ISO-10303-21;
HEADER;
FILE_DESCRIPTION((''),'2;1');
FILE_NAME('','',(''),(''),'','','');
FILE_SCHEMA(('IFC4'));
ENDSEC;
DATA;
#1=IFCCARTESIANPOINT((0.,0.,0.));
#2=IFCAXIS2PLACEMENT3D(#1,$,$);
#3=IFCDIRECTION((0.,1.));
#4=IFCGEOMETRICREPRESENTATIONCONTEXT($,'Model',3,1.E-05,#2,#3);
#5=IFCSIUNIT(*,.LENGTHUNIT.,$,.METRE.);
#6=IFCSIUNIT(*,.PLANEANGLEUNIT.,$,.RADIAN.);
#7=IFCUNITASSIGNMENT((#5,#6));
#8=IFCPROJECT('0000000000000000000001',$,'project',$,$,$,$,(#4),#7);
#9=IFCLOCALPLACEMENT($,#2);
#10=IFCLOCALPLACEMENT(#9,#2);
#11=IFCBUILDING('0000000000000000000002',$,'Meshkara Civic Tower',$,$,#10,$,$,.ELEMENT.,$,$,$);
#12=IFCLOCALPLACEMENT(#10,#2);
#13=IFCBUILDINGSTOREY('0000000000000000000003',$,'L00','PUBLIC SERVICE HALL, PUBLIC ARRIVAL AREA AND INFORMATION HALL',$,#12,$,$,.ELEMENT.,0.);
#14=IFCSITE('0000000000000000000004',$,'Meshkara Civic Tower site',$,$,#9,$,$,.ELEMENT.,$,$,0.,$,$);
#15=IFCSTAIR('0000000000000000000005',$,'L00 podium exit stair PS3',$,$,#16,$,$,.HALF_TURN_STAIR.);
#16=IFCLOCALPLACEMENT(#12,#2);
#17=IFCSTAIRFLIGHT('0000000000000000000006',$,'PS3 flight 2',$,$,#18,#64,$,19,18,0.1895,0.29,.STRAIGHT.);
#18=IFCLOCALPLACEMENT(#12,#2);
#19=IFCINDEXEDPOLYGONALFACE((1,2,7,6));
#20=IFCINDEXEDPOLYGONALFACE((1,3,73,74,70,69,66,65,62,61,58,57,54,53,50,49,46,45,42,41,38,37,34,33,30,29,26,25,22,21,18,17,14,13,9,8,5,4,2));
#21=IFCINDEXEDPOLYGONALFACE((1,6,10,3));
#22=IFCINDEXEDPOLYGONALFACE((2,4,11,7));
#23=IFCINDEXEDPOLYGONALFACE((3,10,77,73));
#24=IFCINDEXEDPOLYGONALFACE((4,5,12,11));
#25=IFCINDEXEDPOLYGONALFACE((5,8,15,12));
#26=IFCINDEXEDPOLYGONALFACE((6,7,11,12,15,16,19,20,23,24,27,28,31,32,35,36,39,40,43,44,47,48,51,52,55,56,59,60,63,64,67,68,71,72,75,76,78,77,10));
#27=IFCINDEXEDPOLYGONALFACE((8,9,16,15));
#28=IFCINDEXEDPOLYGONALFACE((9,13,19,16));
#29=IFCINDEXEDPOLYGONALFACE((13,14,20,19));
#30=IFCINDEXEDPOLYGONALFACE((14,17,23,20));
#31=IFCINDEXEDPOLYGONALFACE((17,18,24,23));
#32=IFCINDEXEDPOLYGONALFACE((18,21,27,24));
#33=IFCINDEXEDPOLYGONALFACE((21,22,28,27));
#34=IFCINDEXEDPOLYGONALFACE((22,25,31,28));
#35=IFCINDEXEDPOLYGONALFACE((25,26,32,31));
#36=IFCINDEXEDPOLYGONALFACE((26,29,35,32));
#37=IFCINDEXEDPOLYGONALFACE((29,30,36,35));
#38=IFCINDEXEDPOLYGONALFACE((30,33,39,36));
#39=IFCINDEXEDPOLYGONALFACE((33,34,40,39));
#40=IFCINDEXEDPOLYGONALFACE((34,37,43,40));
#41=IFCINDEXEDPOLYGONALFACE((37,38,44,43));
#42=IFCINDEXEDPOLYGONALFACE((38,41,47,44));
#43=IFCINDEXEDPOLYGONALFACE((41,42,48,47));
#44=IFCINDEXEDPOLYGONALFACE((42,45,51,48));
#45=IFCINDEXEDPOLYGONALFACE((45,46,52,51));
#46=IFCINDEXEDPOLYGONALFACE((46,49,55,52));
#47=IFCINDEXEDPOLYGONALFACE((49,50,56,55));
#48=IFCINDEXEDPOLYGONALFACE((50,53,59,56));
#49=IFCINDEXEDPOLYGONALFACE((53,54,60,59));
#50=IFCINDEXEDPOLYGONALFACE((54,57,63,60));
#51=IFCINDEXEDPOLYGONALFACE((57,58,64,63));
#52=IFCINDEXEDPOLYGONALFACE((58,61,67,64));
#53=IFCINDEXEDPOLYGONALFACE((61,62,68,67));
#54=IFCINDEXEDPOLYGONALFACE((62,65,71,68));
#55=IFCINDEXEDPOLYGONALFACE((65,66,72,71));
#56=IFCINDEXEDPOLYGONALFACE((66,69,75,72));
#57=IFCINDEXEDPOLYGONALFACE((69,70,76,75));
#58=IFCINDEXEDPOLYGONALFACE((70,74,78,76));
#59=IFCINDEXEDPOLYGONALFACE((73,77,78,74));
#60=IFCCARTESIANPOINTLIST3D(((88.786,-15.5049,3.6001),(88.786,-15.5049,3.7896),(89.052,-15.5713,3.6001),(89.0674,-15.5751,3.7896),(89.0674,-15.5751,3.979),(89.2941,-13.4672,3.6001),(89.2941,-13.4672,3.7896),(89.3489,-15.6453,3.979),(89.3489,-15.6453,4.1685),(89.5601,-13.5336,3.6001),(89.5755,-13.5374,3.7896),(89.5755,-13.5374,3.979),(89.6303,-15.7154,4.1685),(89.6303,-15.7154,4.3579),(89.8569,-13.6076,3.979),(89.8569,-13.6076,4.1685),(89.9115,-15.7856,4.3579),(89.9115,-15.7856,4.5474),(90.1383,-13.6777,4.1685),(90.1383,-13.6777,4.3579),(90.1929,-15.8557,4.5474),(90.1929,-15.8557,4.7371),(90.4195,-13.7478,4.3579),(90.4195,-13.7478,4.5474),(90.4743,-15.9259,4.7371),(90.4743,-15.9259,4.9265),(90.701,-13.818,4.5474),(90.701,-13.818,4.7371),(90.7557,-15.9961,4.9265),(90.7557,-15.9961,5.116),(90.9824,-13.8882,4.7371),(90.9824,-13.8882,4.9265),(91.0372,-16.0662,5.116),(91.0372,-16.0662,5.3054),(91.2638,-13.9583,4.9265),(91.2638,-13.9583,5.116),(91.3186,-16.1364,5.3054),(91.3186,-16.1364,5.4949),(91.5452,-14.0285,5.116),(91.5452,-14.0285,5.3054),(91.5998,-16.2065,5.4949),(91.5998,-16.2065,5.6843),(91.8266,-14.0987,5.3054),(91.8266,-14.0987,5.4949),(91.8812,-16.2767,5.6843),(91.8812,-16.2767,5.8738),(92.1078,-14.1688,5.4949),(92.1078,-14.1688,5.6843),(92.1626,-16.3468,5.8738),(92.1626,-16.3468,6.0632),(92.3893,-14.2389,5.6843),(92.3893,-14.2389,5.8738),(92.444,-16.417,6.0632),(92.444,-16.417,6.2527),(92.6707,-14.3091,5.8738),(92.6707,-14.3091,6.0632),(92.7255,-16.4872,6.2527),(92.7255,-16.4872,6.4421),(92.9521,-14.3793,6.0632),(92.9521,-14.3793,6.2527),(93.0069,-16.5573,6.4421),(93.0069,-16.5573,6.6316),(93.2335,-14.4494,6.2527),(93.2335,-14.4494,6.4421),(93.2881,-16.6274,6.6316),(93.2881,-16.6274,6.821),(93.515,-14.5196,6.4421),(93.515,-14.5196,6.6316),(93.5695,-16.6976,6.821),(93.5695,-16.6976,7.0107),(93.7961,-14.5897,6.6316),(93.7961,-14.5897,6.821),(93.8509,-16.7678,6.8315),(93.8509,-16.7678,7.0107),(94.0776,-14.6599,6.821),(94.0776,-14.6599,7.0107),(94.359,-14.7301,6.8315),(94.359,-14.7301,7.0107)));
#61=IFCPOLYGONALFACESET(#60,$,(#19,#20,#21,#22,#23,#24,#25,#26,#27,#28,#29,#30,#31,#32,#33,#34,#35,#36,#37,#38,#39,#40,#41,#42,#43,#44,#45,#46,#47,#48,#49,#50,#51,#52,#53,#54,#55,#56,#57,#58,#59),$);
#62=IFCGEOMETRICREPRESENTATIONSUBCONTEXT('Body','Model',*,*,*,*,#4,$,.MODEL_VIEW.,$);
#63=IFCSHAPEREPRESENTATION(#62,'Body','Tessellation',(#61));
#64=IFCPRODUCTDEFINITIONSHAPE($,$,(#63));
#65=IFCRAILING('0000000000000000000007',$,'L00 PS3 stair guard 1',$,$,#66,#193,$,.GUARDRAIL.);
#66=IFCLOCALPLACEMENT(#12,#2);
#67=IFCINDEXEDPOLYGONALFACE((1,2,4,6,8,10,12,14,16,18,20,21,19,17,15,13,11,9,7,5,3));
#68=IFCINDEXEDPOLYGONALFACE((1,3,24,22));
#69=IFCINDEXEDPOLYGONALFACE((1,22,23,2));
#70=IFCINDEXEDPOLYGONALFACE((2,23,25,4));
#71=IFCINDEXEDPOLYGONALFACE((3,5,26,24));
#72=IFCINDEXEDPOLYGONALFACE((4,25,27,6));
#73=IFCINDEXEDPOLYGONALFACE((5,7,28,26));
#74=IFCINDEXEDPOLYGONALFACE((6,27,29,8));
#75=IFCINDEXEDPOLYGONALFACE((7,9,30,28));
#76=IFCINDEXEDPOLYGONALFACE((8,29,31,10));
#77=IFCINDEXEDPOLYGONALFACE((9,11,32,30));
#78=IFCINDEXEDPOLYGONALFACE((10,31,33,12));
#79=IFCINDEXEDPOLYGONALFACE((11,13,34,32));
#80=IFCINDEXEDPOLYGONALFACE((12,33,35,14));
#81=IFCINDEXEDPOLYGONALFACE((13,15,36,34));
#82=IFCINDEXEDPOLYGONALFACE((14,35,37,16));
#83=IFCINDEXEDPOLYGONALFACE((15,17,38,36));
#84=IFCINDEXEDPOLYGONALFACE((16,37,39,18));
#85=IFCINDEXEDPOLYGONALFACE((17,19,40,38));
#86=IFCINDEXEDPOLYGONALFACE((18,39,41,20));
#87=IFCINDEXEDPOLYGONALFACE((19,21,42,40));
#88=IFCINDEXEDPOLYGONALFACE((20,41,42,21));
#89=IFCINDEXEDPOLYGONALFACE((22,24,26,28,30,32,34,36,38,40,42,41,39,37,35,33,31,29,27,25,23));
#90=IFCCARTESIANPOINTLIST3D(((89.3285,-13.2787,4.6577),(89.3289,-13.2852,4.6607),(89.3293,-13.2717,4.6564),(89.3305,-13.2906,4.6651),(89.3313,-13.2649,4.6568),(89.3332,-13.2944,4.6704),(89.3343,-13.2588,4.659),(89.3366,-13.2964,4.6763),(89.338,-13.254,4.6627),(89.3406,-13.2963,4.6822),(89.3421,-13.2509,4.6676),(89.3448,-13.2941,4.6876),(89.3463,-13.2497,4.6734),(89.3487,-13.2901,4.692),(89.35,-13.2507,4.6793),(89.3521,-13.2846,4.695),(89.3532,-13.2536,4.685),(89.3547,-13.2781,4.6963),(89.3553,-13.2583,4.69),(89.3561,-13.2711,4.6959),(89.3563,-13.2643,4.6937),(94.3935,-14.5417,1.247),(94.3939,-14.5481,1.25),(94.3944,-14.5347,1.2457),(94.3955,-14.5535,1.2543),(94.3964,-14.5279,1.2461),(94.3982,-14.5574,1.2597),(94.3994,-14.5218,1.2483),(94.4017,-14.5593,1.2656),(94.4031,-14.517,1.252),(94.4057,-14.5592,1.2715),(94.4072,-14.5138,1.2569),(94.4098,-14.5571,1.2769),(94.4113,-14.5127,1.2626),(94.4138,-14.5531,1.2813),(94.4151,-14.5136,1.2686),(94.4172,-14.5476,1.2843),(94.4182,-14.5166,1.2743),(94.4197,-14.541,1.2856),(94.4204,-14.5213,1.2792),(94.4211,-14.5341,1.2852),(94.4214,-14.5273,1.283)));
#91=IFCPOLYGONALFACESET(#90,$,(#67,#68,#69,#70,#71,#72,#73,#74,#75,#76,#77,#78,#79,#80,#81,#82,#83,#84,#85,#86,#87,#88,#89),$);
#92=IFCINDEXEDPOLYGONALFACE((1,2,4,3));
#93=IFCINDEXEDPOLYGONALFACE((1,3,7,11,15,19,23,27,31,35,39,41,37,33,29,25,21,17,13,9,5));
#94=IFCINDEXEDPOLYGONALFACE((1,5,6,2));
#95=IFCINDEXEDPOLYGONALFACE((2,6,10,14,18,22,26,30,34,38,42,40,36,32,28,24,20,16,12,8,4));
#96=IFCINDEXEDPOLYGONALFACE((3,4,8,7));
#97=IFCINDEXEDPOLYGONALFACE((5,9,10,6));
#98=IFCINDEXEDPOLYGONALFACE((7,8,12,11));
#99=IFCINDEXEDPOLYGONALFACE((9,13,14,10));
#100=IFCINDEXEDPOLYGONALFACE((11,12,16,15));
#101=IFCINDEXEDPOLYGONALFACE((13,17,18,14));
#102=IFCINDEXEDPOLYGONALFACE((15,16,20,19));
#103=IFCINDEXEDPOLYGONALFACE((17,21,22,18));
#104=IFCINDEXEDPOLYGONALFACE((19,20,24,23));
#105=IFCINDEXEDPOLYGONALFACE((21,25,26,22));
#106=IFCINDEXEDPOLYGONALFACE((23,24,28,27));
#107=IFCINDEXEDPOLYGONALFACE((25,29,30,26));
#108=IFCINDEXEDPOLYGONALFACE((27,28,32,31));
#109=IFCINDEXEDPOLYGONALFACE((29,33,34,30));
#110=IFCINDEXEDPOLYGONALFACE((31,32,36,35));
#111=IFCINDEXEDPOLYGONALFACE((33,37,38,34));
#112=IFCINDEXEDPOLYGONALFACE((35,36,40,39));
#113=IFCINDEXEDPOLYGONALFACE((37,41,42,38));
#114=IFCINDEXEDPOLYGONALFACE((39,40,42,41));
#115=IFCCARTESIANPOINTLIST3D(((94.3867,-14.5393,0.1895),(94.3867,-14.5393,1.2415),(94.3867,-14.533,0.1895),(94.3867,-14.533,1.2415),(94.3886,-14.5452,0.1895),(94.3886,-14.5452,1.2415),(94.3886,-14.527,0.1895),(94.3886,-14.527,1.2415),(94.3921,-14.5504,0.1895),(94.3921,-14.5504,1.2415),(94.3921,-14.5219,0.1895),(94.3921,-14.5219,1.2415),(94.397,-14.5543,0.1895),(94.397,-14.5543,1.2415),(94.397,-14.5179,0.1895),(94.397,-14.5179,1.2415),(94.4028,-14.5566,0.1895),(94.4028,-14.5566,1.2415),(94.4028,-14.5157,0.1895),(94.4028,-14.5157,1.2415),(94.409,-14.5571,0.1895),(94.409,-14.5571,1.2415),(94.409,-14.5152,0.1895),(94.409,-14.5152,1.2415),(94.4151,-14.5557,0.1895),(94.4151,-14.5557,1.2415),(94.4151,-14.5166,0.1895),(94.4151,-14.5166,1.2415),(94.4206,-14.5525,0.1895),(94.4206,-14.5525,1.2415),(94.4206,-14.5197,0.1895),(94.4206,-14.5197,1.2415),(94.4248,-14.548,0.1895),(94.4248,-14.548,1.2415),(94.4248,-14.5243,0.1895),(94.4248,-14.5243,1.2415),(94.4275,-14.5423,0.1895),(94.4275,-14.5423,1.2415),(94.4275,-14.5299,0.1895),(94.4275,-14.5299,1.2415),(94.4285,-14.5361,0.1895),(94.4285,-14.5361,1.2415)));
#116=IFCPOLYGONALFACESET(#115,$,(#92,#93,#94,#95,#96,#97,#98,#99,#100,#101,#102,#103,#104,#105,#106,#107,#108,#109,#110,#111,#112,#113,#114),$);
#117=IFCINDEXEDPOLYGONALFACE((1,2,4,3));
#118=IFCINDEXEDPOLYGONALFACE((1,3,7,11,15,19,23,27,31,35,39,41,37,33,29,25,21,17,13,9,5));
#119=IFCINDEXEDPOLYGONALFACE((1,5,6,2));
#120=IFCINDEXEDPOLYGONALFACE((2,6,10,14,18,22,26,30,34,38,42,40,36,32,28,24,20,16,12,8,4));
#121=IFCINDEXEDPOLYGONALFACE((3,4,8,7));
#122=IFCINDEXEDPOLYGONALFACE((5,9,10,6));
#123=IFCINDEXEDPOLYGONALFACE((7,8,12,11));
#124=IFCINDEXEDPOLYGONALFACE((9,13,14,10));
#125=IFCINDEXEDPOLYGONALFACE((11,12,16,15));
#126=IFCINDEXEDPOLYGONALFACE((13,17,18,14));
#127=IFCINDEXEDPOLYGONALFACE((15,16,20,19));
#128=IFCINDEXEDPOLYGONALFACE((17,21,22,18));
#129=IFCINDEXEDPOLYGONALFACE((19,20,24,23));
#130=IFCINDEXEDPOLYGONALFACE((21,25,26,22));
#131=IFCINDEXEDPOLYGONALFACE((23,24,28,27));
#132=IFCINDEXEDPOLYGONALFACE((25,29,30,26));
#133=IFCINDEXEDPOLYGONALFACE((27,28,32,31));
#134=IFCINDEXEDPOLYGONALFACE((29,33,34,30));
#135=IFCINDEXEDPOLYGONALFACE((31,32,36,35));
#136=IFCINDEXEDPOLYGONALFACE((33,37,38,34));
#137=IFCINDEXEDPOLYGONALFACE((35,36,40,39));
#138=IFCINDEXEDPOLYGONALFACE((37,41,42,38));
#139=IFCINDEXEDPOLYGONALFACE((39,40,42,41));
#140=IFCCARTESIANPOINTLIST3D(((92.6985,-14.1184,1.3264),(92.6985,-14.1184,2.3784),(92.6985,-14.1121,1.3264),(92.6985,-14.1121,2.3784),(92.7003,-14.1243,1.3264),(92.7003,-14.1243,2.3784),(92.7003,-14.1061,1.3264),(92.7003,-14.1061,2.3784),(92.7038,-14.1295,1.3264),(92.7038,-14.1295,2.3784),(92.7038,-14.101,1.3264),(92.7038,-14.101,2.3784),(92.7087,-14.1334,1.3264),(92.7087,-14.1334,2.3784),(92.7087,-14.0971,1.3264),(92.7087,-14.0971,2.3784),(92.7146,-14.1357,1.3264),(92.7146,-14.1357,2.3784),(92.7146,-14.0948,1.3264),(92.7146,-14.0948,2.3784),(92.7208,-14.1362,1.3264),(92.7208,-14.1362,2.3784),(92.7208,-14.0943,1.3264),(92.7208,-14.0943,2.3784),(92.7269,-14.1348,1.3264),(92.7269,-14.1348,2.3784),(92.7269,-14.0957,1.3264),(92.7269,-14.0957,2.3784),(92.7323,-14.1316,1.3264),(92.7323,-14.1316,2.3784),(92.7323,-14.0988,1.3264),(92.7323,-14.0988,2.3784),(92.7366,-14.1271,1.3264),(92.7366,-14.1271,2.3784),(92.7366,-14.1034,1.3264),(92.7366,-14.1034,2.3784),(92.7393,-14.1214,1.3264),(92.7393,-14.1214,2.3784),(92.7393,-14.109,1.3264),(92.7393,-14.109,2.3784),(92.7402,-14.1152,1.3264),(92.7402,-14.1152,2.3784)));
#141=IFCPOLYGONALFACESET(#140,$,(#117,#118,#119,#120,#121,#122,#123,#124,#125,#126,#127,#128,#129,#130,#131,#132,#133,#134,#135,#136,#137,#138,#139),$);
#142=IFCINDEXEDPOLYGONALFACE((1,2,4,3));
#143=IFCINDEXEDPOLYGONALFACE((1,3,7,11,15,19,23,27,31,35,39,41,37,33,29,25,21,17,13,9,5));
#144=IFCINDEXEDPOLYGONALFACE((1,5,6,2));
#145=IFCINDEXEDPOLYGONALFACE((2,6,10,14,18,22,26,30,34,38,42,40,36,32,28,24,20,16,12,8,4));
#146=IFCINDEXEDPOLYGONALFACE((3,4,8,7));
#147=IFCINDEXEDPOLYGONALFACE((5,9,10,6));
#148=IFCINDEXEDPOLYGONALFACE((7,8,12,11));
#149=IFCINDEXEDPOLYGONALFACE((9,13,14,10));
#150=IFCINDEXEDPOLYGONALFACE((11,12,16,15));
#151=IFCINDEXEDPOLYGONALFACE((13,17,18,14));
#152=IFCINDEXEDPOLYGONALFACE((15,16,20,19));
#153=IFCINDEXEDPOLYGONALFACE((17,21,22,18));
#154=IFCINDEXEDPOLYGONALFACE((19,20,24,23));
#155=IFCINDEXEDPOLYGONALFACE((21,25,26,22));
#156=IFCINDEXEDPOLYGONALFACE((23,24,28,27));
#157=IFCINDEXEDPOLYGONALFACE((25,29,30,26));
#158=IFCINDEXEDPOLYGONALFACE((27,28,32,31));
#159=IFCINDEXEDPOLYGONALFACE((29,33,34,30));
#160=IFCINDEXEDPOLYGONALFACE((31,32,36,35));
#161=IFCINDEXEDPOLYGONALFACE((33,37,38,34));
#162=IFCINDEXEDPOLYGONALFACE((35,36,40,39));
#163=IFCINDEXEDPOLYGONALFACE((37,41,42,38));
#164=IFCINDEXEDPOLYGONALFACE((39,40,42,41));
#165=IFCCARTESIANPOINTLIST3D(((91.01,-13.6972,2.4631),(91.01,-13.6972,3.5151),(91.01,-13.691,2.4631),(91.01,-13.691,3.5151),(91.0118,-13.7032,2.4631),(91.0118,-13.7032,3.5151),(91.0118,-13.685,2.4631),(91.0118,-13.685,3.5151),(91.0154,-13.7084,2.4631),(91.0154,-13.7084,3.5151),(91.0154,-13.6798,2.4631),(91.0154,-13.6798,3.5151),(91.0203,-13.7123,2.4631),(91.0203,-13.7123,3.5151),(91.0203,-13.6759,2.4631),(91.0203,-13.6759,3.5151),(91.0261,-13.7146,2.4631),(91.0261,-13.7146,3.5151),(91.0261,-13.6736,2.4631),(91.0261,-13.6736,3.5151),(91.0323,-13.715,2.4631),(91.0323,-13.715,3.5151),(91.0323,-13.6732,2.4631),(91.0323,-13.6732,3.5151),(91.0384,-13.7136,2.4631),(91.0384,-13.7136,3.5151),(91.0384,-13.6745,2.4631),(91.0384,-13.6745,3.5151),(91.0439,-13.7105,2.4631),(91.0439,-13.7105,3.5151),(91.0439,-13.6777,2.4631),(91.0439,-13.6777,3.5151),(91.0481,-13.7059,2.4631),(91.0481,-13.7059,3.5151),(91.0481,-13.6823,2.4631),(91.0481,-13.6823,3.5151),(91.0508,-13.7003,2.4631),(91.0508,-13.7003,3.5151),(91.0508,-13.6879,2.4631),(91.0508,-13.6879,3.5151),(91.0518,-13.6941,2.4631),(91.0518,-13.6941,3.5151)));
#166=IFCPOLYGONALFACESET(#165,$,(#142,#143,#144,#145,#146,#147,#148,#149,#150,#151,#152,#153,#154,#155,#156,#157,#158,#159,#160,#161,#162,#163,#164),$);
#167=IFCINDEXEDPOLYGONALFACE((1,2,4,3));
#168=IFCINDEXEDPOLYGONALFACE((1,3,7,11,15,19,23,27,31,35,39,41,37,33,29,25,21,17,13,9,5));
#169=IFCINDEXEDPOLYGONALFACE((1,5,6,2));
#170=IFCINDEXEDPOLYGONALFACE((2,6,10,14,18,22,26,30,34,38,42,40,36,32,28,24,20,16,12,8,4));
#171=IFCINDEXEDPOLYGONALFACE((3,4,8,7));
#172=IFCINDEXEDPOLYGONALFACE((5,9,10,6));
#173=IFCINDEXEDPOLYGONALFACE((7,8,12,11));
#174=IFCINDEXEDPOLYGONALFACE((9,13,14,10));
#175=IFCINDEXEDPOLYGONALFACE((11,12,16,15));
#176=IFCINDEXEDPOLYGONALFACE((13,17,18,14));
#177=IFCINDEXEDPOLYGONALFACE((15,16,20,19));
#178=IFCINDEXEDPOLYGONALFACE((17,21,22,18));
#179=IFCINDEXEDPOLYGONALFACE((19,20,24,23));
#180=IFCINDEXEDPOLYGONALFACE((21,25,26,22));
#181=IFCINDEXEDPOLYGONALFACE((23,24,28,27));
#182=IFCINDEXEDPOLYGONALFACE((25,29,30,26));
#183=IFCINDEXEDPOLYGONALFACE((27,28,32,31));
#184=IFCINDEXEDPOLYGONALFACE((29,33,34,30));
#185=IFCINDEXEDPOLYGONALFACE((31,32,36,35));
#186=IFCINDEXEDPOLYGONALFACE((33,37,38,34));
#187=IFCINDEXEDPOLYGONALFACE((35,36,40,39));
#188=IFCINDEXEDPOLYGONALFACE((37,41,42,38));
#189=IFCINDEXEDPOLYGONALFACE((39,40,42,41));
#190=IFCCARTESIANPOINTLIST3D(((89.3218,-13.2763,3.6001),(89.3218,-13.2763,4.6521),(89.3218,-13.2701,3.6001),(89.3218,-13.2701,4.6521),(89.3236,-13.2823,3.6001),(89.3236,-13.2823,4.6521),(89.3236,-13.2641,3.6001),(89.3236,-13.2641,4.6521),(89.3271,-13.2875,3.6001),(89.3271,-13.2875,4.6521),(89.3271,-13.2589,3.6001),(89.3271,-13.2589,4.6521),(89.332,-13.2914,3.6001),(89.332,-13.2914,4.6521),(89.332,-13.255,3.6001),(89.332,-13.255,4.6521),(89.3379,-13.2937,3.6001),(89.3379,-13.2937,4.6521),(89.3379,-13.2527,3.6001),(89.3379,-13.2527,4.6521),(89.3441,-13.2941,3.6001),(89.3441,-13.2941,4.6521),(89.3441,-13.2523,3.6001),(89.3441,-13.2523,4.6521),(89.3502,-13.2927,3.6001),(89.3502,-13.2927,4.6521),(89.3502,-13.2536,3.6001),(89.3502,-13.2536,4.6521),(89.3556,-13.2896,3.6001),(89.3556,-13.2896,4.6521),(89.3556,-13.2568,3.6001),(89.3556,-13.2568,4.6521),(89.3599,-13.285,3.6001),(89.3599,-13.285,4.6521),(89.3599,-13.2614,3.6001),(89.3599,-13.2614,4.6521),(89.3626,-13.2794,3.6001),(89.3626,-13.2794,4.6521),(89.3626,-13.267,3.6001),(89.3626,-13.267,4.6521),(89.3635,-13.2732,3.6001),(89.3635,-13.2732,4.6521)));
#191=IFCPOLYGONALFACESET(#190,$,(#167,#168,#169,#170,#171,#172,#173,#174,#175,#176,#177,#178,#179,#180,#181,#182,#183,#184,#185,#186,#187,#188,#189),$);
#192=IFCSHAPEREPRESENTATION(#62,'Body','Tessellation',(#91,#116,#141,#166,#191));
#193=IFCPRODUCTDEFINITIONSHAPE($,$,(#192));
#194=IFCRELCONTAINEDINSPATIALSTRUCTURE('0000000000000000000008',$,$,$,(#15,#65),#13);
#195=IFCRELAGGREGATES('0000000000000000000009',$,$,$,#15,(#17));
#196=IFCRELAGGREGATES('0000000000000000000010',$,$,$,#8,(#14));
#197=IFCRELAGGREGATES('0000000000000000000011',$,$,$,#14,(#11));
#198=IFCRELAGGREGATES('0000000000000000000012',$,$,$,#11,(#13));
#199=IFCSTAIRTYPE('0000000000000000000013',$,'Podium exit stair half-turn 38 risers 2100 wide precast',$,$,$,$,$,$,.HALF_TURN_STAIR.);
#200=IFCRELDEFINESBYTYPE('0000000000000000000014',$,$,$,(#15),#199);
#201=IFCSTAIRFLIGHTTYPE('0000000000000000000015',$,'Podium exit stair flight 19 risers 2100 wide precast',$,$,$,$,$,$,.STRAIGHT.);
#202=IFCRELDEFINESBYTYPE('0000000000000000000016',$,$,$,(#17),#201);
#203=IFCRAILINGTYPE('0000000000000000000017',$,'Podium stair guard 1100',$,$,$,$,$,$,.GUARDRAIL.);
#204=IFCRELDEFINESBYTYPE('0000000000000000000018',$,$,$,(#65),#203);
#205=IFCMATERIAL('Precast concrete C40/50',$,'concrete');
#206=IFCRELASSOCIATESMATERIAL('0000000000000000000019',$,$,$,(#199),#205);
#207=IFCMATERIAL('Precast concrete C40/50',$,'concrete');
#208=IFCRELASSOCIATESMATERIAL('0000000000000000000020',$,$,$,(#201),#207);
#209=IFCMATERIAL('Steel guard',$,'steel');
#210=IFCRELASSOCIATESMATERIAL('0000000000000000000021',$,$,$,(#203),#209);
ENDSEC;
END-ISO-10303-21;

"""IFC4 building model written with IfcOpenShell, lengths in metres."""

from ifc_helpers import new_model, si_unit, direction, frame, origin, origin_2d, place, context, subcontext, project, spatial, polyline, circle, outline, extrude, material, type_object, element, aggregate, save


model = new_model("IFC4")

# Units and contexts
model_context = context("Model", 3, precision=1e-05, world=origin(), true_north=direction((0.0, 1.0)))
body_context = subcontext(model_context, "Body", "Model", "MODEL_VIEW")
ifc_project = project(units=[si_unit("LENGTHUNIT", "METRE"), si_unit("PLANEANGLEUNIT", "RADIAN")], contexts=[model_context])

# Site, building, storey
site_placement = place(None, origin())
site = spatial("IfcSite", under=ifc_project, at=site_placement, Name="Meshkara Civic Tower site", CompositionType="ELEMENT", RefElevation=0.0)
building_placement = place(site_placement, origin())
building = spatial("IfcBuilding", under=site, at=building_placement, Name="Meshkara Civic Tower", CompositionType="ELEMENT")
storey_placement = place(building_placement, origin())
storey = spatial("IfcBuildingStorey", under=building, at=storey_placement, Name="L00", Description="PUBLIC SERVICE HALL, PUBLIC ARRIVAL AREA AND INFORMATION HALL", CompositionType="ELEMENT", Elevation=0.0)

# Stair, stair flight
ifc_material_1 = material(Name="Precast concrete C40/50", Category="concrete")
stair_type = type_object("IfcStairType", Name="Podium exit stair half-turn 38 risers 2100 wide precast", PredefinedType="HALF_TURN_STAIR", material=ifc_material_1)
stair_placement = place(storey_placement, origin())
stair = element("IfcStair", 1, at=stair_placement, inside=storey, type_object=stair_type, Name="L00 podium exit stair PS3", PredefinedType="HALF_TURN_STAIR")
ifc_material_2 = material(Name="Precast concrete C40/50", Category="concrete")
stair_flight_type = type_object("IfcStairFlightType", Name="Podium exit stair flight 19 risers 2100 wide precast", PredefinedType="STRAIGHT", material=ifc_material_2)
stair_flight_1_placement = place(storey_placement, frame((89.04, -14.4861, 3.6001), z_axis=(0.0, 0.0, 1.0), x_axis=(0.970296, -0.241922, 0.0)))
stair_flight_1 = element("IfcStairFlight", 2, at=stair_flight_1_placement, type_object=stair_flight_type, Name="PS3 flight 2", NumberOfRisers=19, NumberOfTreads=18, PredefinedType="STRAIGHT", RiserHeight=0.1895, TreadLength=0.29, context=body_context, shape_type="SweptSolid", body=[
    extrude(outline(polyline([(0.0, 0.0), (0.0, 0.1895), (0.29, 0.1895), (0.29, 0.3789), (0.5801, 0.3789), (0.5801, 0.5684), (0.8701, 0.5684), (0.8701, 0.7578), (1.1599, 0.7578), (1.1599, 0.9473), (1.45, 0.9473), (1.45, 1.137), (1.74, 1.137), (1.74, 1.3264), (2.03, 1.3264), (2.03, 1.5159), (2.3201, 1.5159), (2.3201, 1.7053), (2.6101, 1.7053), (2.6101, 1.8948), (2.8999, 1.8948), (2.8999, 2.0842), (3.1899, 2.0842), (3.1899, 2.2737), (3.48, 2.2737), (3.48, 2.4631), (3.77, 2.4631), (3.77, 2.6526), (4.0601, 2.6526), (4.0601, 2.842), (4.3501, 2.842), (4.3501, 3.0315), (4.6399, 3.0315), (4.6399, 3.2209), (4.9299, 3.2209), (4.9299, 3.4106), (5.22, 3.4106), (5.22, 3.6001), (5.22, 3.2314), (0.2742, 0.0), (0.0, 0.0)])), frame((0.0, 1.05, 0.0), z_axis=(0.0, -1.0, 0.0), x_axis=(1.0, 0.0, 0.0)), (0.0, 0.0, 1.0), 2.1001),
])
aggregate(stair, [stair_flight_1])

# Railing
ifc_material_3 = material(Name="Steel guard", Category="steel")
railing_type_1 = type_object("IfcRailingType", Name="Podium stair guard 1100", PredefinedType="GUARDRAIL", material=ifc_material_3)
railing_1_placement = place(storey_placement, frame((94.4075, -14.5361, 0.1895)))
element("IfcRailing", 3, at=railing_1_placement, inside=storey, type_object=railing_type_1, Name="L00 PS3 stair guard 1", PredefinedType="GUARDRAIL", context=body_context, shape_type="SweptSolid", body=[
    extrude(circle(Radius=0.0239, at=origin_2d()), frame((0.0, 0.0, 1.0762), z_axis=(-0.812278, 0.202541, 0.546974), x_axis=(-0.241941, -0.970291, 0.0)), (0.0, 0.0, 1.0), 6.2356),
    extrude(circle(Radius=0.021, at=origin_2d()), origin(), (0.0, 0.0, 1.0), 1.052),
    extrude(circle(Radius=0.021, at=origin_2d()), frame((-1.6882, 0.4209, 1.137)), (0.0, 0.0, 1.0), 1.052),
    extrude(circle(Radius=0.021, at=origin_2d()), frame((-3.3767, 0.842, 2.2737)), (0.0, 0.0, 1.0), 1.052),
    extrude(circle(Radius=0.021, at=origin_2d()), frame((-5.0649, 1.2629, 3.4106)), (0.0, 0.0, 1.0), 1.052),
])

save(model, "model.ifc")
